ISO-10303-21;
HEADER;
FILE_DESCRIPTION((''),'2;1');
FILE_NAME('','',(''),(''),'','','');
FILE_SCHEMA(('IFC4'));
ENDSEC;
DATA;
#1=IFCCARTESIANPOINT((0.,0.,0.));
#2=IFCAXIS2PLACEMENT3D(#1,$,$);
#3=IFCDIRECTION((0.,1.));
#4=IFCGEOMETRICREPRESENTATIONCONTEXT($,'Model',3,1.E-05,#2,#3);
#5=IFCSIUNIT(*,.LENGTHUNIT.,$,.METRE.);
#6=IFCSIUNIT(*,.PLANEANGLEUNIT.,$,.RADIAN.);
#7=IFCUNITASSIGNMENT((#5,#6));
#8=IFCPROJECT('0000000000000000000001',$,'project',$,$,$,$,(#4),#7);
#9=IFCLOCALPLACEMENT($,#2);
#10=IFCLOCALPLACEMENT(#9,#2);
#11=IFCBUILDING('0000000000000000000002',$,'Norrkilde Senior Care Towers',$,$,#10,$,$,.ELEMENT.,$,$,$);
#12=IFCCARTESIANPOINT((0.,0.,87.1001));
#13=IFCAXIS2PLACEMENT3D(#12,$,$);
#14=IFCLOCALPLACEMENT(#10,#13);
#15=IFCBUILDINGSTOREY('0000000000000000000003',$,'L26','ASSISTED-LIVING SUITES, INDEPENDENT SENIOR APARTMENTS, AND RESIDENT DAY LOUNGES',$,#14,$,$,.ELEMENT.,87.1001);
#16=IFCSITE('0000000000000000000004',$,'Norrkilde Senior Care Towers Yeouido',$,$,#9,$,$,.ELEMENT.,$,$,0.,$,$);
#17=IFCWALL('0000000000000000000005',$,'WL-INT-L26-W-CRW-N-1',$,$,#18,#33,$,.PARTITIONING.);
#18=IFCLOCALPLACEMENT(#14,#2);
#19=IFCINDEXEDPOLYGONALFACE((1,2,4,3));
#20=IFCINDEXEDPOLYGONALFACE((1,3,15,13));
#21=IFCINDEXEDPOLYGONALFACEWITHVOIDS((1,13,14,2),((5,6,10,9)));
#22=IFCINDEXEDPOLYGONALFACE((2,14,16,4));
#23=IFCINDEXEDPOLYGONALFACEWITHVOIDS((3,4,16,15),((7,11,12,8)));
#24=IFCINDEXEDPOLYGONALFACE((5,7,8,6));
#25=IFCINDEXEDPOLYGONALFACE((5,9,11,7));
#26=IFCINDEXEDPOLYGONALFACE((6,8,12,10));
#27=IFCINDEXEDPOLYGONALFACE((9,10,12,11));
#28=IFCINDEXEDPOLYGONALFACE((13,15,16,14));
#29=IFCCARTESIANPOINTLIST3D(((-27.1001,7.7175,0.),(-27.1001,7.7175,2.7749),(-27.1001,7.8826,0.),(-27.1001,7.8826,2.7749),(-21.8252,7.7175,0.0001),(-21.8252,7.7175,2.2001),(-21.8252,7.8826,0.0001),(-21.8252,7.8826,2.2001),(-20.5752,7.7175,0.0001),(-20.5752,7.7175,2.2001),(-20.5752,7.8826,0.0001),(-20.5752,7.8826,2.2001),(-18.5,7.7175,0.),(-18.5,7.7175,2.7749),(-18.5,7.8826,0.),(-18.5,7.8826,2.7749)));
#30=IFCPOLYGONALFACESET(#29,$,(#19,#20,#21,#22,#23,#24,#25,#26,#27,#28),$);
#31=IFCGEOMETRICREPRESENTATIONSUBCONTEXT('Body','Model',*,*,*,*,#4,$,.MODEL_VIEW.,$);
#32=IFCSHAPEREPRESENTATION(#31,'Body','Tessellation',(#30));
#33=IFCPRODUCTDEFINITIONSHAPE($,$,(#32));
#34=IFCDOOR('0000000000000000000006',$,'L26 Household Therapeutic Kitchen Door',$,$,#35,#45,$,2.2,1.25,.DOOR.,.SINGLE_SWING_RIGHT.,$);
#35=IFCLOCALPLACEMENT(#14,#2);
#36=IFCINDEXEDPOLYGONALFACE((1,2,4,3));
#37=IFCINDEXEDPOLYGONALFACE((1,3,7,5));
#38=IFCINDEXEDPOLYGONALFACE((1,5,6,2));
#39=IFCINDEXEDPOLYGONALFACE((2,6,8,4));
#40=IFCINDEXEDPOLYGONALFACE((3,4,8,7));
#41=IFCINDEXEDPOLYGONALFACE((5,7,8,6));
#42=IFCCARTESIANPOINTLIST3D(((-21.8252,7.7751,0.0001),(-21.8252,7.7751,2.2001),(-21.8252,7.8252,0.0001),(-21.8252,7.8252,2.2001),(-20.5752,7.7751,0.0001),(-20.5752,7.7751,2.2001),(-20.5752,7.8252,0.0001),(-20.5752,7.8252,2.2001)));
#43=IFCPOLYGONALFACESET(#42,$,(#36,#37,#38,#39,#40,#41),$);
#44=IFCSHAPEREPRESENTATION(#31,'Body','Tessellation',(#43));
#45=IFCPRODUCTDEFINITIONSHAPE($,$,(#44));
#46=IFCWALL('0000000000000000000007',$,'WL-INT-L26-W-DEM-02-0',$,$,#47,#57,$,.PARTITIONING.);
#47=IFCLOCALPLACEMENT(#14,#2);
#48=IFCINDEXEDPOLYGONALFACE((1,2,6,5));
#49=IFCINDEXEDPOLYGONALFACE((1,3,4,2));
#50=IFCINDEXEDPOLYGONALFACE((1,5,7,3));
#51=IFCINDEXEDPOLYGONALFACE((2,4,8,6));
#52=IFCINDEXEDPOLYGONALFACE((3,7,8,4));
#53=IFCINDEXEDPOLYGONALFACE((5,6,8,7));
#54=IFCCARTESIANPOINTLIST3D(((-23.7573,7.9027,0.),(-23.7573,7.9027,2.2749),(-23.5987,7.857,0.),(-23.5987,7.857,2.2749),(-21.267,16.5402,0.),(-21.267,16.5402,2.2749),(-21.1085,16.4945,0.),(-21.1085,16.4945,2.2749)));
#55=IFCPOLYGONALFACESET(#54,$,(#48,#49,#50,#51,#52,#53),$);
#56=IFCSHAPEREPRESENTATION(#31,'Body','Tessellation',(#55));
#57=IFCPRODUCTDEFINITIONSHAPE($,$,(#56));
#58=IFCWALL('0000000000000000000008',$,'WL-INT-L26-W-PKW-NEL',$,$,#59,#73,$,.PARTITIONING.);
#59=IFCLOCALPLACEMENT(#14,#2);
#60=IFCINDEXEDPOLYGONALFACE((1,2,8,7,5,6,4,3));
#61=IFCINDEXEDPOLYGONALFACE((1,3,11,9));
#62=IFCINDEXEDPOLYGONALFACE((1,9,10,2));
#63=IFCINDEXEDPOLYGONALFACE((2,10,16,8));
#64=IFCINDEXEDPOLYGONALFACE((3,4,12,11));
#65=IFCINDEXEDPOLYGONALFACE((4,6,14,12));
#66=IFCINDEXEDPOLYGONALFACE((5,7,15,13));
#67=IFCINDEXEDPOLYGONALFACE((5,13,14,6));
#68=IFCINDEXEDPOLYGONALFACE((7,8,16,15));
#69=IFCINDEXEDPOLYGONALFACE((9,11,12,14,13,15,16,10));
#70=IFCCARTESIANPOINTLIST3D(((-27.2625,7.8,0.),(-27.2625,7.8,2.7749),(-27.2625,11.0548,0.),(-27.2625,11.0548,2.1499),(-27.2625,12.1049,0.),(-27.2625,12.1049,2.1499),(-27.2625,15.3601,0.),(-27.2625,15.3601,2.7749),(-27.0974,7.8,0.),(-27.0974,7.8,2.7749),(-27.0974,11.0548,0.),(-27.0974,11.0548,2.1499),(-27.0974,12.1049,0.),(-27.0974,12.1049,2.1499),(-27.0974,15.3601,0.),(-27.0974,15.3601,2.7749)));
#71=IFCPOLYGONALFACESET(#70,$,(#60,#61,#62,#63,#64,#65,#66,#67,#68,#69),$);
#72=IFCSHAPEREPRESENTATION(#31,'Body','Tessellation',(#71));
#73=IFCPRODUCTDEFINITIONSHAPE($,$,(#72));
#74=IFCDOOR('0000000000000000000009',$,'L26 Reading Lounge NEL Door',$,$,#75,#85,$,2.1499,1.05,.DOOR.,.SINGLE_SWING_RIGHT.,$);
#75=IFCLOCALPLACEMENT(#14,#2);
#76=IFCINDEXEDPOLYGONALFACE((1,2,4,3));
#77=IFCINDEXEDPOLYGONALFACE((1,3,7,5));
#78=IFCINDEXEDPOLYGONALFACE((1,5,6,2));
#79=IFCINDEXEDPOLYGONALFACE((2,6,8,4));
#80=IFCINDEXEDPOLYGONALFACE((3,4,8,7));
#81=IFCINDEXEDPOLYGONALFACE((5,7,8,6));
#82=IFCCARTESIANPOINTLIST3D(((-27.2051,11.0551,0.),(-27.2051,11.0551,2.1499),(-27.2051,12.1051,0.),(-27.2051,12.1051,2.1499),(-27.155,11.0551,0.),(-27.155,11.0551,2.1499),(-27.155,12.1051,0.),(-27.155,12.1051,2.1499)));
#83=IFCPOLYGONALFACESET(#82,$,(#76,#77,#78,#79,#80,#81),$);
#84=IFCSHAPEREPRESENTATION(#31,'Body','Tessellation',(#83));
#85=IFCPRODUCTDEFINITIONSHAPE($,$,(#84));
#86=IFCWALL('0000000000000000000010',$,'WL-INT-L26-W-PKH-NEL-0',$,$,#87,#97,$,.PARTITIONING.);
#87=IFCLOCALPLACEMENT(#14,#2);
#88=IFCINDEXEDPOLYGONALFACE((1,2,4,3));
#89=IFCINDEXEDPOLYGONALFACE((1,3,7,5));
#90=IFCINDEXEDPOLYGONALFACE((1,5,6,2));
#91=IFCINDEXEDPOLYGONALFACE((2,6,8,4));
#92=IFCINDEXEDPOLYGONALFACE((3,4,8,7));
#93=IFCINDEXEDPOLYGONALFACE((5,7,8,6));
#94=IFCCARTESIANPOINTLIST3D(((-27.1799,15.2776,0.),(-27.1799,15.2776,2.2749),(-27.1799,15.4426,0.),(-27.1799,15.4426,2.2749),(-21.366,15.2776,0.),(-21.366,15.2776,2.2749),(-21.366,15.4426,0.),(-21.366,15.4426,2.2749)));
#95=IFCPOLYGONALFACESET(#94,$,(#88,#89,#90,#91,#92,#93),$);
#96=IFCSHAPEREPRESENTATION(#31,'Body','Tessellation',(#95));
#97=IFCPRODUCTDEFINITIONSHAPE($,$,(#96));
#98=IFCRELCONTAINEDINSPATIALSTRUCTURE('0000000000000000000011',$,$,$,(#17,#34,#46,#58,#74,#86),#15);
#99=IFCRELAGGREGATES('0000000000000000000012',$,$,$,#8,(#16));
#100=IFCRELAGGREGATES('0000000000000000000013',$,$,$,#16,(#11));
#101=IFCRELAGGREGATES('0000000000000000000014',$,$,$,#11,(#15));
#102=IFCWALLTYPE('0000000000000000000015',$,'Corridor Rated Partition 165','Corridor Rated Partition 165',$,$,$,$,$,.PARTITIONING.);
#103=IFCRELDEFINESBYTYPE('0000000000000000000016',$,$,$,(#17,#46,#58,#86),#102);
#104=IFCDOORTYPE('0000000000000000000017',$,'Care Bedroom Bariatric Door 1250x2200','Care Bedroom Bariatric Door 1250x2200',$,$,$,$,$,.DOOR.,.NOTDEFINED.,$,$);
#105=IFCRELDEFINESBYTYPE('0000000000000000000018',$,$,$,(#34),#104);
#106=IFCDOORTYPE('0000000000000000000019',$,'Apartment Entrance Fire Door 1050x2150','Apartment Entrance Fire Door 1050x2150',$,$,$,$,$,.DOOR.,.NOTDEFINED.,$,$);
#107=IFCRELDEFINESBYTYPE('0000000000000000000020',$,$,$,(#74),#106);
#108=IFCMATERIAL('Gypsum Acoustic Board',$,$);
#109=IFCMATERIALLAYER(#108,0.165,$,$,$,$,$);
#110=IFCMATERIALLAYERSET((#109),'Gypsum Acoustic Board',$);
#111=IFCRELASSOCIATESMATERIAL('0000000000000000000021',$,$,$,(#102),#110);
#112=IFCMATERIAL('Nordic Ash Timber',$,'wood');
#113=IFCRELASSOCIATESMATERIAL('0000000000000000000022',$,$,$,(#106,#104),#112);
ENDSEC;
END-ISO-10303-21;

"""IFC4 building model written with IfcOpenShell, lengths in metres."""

from ifc_helpers import new_model, si_unit, direction, frame, frame_2d, origin, place, context, subcontext, project, spatial, rectangle, extrude, source, transform, mapped, material, layer, layer_set, type_object, type_shapes, element, fill, save


model = new_model("IFC4")

# Units and contexts
model_context = context("Model", 3, precision=1e-05, world=origin(), true_north=direction((0.0, 1.0)))
body_context = subcontext(model_context, "Body", "Model", "MODEL_VIEW")
ifc_project = project(units=[si_unit("LENGTHUNIT", "METRE"), si_unit("PLANEANGLEUNIT", "RADIAN")], contexts=[model_context])

# Site, building, storey
site_placement = place(None, origin())
site = spatial("IfcSite", under=ifc_project, at=site_placement, Name="Norrkilde Senior Care Towers Yeouido", CompositionType="ELEMENT", RefElevation=0.0)
building_placement = place(site_placement, origin())
building = spatial("IfcBuilding", under=site, at=building_placement, Name="Norrkilde Senior Care Towers", CompositionType="ELEMENT")
storey_placement = place(building_placement, frame((0.0, 0.0, 87.1001)))
storey = spatial("IfcBuildingStorey", under=building, at=storey_placement, Name="L26", Description="ASSISTED-LIVING SUITES, INDEPENDENT SENIOR APARTMENTS, AND RESIDENT DAY LOUNGES", CompositionType="ELEMENT", Elevation=87.1001)

# Shared definitions
ifc_material_1 = material(Name="Gypsum Acoustic Board")
ifc_layer_1 = layer(ifc_material_1, 0.165)
ifc_layer_set_1 = layer_set([ifc_layer_1], Name="Gypsum Acoustic Board")
wall_type = type_object("IfcWallType", Name="Corridor Rated Partition 165", Description="Corridor Rated Partition 165", PredefinedType="PARTITIONING", material=ifc_layer_set_1)
ifc_material_2 = material(Name="Nordic Ash Timber", Category="wood")
door_type_1 = type_object("IfcDoorType", Name="Apartment Entrance Fire Door 1050x2150", Description="Apartment Entrance Fire Door 1050x2150", OperationType="NOTDEFINED", PredefinedType="DOOR", material=ifc_material_2)
shared_shape_1 = source(origin(), body_context, "Body", "SweptSolid", [
    extrude(rectangle(XDim=1.05, YDim=2.1499, at=frame_2d((0.5249, 1.075))), frame((0.0, 0.0249, 0.0), z_axis=(0.0, -1.0, 0.0), x_axis=(1.0, 0.0, 0.0)), (0.0, 0.0, 1.0), 0.05),
])
type_shapes(door_type_1, [shared_shape_1])

# Wall, opening, door
shared_shape_2 = source(origin(), body_context, "Body", "SweptSolid", [
    extrude(rectangle(XDim=8.6001, YDim=0.165, at=frame_2d((4.3, 0.0))), origin(), (0.0, 0.0, 1.0), 2.7749),
])
wall_1_placement = place(storey_placement, frame((-27.1001, 7.8, 0.0), z_axis=(0.0, 0.0, 1.0), x_axis=(1.0, 0.0, 0.0)))
wall_1 = element("IfcWall", 1, at=wall_1_placement, inside=storey, type_object=wall_type, Name="WL-INT-L26-W-CRW-N-1", PredefinedType="PARTITIONING", context=body_context, shape_type="MappedRepresentation", body=[
    mapped(shared_shape_2, transform((0.0, 0.0, 0.0), x_axis=(1.0, 0.0, 0.0), y_axis=(0.0, 1.0, 0.0), z_axis=(0.0, 0.0, 1.0), scale=1.0)),
])
opening_1_placement = place(wall_1_placement, frame((5.2749, 0.0, 0.0)))
opening_1 = element("IfcOpeningElement", 2, at=opening_1_placement, cuts=wall_1, PredefinedType="OPENING", context=body_context, shape_type="SweptSolid", body=[
    extrude(rectangle(XDim=1.25, YDim=2.2, at=frame_2d((0.625, 1.1001))), frame((0.0, 0.0925, 0.0), z_axis=(0.0, -1.0, 0.0), x_axis=(1.0, 0.0, 0.0)), (0.0, 0.0, 1.0), 0.1851),
])
door_type_2 = type_object("IfcDoorType", Name="Care Bedroom Bariatric Door 1250x2200", Description="Care Bedroom Bariatric Door 1250x2200", OperationType="NOTDEFINED", PredefinedType="DOOR", material=ifc_material_2)
shared_shape_3 = source(origin(), body_context, "Body", "SweptSolid", [
    extrude(rectangle(XDim=1.25, YDim=2.2, at=frame_2d((0.625, 1.1001))), frame((0.0, 0.0249, 0.0), z_axis=(0.0, -1.0, 0.0), x_axis=(1.0, 0.0, 0.0)), (0.0, 0.0, 1.0), 0.05),
])
type_shapes(door_type_2, [shared_shape_3])
door_1_placement = place(opening_1_placement, frame((1.25, 0.0, 0.0), z_axis=(0.0, 0.0, 1.0), x_axis=(-1.0, 0.0, 0.0)))
door_1 = element("IfcDoor", 3, at=door_1_placement, inside=storey, type_object=door_type_2, Name="L26 Household Therapeutic Kitchen Door", OperationType="SINGLE_SWING_RIGHT", OverallHeight=2.2, OverallWidth=1.25, PredefinedType="DOOR", context=body_context, shape_type="MappedRepresentation", body=[
    mapped(shared_shape_3, transform((0.0, 0.0, 0.0), x_axis=(1.0, 0.0, 0.0), y_axis=(0.0, 1.0, 0.0), z_axis=(0.0, 0.0, 1.0), scale=1.0)),
])
fill(opening_1, door_1)

# Wall
shared_shape_4 = source(origin(), body_context, "Body", "SweptSolid", [
    extrude(rectangle(XDim=8.9893, YDim=0.165, at=frame_2d((4.4946, 0.0))), origin(), (0.0, 0.0, 1.0), 2.2749),
])
wall_2_placement = place(storey_placement, frame((-23.678, 7.8799, 0.0), z_axis=(0.0, 0.0, 1.0), x_axis=(0.277023, 0.960863, 0.0)))
element("IfcWall", 4, at=wall_2_placement, inside=storey, type_object=wall_type, Name="WL-INT-L26-W-DEM-02-0", PredefinedType="PARTITIONING", context=body_context, shape_type="MappedRepresentation", body=[
    mapped(shared_shape_4, transform((0.0, 0.0, 0.0), x_axis=(1.0, 0.0, 0.0), y_axis=(0.0, 1.0, 0.0), z_axis=(0.0, 0.0, 1.0), scale=1.0)),
])

# Wall, opening, door
shared_shape_5 = source(origin(), body_context, "Body", "SweptSolid", [
    extrude(rectangle(XDim=7.5601, YDim=0.165, at=frame_2d((3.78, 0.0))), origin(), (0.0, 0.0, 1.0), 2.7749),
])
wall_3_placement = place(storey_placement, frame((-27.1799, 7.8, 0.0), z_axis=(0.0, 0.0, 1.0), x_axis=(0.0, 1.0, 0.0)))
wall_3 = element("IfcWall", 5, at=wall_3_placement, inside=storey, type_object=wall_type, Name="WL-INT-L26-W-PKW-NEL", PredefinedType="PARTITIONING", context=body_context, shape_type="MappedRepresentation", body=[
    mapped(shared_shape_5, transform((0.0, 0.0, 0.0), x_axis=(1.0, 0.0, 0.0), y_axis=(0.0, 1.0, 0.0), z_axis=(0.0, 0.0, 1.0), scale=1.0)),
])
opening_2_placement = place(wall_3_placement, frame((3.2549, 0.0, 0.0)))
opening_2 = element("IfcOpeningElement", 6, at=opening_2_placement, cuts=wall_3, PredefinedType="OPENING", context=body_context, shape_type="SweptSolid", body=[
    extrude(rectangle(XDim=1.05, YDim=2.1499, at=frame_2d((0.5249, 1.075))), frame((0.0, 0.0925, 0.0), z_axis=(0.0, -1.0, 0.0), x_axis=(1.0, 0.0, 0.0)), (0.0, 0.0, 1.0), 0.1851),
])
door_2_placement = place(opening_2_placement, frame((1.05, 0.0, 0.0), z_axis=(0.0, 0.0, 1.0), x_axis=(-1.0, 0.0, 0.0)))
door_2 = element("IfcDoor", 7, at=door_2_placement, inside=storey, type_object=door_type_1, Name="L26 Reading Lounge NEL Door", OperationType="SINGLE_SWING_RIGHT", OverallHeight=2.1499, OverallWidth=1.05, PredefinedType="DOOR", context=body_context, shape_type="MappedRepresentation", body=[
    mapped(shared_shape_1, transform((0.0, 0.0, 0.0), x_axis=(1.0, 0.0, 0.0), y_axis=(0.0, 1.0, 0.0), z_axis=(0.0, 0.0, 1.0), scale=1.0)),
])
fill(opening_2, door_2)

# Wall
shared_shape_6 = source(origin(), body_context, "Body", "SweptSolid", [
    extrude(rectangle(XDim=5.814, YDim=0.165, at=frame_2d((2.907, 0.0))), origin(), (0.0, 0.0, 1.0), 2.2749),
])
wall_4_placement = place(storey_placement, frame((-27.1799, 15.3601, 0.0), z_axis=(0.0, 0.0, 1.0), x_axis=(1.0, 0.0, 0.0)))
element("IfcWall", 8, at=wall_4_placement, inside=storey, type_object=wall_type, Name="WL-INT-L26-W-PKH-NEL-0", PredefinedType="PARTITIONING", context=body_context, shape_type="MappedRepresentation", body=[
    mapped(shared_shape_6, transform((0.0, 0.0, 0.0), x_axis=(1.0, 0.0, 0.0), y_axis=(0.0, 1.0, 0.0), z_axis=(0.0, 0.0, 1.0), scale=1.0)),
])

save(model, "model.ifc")
